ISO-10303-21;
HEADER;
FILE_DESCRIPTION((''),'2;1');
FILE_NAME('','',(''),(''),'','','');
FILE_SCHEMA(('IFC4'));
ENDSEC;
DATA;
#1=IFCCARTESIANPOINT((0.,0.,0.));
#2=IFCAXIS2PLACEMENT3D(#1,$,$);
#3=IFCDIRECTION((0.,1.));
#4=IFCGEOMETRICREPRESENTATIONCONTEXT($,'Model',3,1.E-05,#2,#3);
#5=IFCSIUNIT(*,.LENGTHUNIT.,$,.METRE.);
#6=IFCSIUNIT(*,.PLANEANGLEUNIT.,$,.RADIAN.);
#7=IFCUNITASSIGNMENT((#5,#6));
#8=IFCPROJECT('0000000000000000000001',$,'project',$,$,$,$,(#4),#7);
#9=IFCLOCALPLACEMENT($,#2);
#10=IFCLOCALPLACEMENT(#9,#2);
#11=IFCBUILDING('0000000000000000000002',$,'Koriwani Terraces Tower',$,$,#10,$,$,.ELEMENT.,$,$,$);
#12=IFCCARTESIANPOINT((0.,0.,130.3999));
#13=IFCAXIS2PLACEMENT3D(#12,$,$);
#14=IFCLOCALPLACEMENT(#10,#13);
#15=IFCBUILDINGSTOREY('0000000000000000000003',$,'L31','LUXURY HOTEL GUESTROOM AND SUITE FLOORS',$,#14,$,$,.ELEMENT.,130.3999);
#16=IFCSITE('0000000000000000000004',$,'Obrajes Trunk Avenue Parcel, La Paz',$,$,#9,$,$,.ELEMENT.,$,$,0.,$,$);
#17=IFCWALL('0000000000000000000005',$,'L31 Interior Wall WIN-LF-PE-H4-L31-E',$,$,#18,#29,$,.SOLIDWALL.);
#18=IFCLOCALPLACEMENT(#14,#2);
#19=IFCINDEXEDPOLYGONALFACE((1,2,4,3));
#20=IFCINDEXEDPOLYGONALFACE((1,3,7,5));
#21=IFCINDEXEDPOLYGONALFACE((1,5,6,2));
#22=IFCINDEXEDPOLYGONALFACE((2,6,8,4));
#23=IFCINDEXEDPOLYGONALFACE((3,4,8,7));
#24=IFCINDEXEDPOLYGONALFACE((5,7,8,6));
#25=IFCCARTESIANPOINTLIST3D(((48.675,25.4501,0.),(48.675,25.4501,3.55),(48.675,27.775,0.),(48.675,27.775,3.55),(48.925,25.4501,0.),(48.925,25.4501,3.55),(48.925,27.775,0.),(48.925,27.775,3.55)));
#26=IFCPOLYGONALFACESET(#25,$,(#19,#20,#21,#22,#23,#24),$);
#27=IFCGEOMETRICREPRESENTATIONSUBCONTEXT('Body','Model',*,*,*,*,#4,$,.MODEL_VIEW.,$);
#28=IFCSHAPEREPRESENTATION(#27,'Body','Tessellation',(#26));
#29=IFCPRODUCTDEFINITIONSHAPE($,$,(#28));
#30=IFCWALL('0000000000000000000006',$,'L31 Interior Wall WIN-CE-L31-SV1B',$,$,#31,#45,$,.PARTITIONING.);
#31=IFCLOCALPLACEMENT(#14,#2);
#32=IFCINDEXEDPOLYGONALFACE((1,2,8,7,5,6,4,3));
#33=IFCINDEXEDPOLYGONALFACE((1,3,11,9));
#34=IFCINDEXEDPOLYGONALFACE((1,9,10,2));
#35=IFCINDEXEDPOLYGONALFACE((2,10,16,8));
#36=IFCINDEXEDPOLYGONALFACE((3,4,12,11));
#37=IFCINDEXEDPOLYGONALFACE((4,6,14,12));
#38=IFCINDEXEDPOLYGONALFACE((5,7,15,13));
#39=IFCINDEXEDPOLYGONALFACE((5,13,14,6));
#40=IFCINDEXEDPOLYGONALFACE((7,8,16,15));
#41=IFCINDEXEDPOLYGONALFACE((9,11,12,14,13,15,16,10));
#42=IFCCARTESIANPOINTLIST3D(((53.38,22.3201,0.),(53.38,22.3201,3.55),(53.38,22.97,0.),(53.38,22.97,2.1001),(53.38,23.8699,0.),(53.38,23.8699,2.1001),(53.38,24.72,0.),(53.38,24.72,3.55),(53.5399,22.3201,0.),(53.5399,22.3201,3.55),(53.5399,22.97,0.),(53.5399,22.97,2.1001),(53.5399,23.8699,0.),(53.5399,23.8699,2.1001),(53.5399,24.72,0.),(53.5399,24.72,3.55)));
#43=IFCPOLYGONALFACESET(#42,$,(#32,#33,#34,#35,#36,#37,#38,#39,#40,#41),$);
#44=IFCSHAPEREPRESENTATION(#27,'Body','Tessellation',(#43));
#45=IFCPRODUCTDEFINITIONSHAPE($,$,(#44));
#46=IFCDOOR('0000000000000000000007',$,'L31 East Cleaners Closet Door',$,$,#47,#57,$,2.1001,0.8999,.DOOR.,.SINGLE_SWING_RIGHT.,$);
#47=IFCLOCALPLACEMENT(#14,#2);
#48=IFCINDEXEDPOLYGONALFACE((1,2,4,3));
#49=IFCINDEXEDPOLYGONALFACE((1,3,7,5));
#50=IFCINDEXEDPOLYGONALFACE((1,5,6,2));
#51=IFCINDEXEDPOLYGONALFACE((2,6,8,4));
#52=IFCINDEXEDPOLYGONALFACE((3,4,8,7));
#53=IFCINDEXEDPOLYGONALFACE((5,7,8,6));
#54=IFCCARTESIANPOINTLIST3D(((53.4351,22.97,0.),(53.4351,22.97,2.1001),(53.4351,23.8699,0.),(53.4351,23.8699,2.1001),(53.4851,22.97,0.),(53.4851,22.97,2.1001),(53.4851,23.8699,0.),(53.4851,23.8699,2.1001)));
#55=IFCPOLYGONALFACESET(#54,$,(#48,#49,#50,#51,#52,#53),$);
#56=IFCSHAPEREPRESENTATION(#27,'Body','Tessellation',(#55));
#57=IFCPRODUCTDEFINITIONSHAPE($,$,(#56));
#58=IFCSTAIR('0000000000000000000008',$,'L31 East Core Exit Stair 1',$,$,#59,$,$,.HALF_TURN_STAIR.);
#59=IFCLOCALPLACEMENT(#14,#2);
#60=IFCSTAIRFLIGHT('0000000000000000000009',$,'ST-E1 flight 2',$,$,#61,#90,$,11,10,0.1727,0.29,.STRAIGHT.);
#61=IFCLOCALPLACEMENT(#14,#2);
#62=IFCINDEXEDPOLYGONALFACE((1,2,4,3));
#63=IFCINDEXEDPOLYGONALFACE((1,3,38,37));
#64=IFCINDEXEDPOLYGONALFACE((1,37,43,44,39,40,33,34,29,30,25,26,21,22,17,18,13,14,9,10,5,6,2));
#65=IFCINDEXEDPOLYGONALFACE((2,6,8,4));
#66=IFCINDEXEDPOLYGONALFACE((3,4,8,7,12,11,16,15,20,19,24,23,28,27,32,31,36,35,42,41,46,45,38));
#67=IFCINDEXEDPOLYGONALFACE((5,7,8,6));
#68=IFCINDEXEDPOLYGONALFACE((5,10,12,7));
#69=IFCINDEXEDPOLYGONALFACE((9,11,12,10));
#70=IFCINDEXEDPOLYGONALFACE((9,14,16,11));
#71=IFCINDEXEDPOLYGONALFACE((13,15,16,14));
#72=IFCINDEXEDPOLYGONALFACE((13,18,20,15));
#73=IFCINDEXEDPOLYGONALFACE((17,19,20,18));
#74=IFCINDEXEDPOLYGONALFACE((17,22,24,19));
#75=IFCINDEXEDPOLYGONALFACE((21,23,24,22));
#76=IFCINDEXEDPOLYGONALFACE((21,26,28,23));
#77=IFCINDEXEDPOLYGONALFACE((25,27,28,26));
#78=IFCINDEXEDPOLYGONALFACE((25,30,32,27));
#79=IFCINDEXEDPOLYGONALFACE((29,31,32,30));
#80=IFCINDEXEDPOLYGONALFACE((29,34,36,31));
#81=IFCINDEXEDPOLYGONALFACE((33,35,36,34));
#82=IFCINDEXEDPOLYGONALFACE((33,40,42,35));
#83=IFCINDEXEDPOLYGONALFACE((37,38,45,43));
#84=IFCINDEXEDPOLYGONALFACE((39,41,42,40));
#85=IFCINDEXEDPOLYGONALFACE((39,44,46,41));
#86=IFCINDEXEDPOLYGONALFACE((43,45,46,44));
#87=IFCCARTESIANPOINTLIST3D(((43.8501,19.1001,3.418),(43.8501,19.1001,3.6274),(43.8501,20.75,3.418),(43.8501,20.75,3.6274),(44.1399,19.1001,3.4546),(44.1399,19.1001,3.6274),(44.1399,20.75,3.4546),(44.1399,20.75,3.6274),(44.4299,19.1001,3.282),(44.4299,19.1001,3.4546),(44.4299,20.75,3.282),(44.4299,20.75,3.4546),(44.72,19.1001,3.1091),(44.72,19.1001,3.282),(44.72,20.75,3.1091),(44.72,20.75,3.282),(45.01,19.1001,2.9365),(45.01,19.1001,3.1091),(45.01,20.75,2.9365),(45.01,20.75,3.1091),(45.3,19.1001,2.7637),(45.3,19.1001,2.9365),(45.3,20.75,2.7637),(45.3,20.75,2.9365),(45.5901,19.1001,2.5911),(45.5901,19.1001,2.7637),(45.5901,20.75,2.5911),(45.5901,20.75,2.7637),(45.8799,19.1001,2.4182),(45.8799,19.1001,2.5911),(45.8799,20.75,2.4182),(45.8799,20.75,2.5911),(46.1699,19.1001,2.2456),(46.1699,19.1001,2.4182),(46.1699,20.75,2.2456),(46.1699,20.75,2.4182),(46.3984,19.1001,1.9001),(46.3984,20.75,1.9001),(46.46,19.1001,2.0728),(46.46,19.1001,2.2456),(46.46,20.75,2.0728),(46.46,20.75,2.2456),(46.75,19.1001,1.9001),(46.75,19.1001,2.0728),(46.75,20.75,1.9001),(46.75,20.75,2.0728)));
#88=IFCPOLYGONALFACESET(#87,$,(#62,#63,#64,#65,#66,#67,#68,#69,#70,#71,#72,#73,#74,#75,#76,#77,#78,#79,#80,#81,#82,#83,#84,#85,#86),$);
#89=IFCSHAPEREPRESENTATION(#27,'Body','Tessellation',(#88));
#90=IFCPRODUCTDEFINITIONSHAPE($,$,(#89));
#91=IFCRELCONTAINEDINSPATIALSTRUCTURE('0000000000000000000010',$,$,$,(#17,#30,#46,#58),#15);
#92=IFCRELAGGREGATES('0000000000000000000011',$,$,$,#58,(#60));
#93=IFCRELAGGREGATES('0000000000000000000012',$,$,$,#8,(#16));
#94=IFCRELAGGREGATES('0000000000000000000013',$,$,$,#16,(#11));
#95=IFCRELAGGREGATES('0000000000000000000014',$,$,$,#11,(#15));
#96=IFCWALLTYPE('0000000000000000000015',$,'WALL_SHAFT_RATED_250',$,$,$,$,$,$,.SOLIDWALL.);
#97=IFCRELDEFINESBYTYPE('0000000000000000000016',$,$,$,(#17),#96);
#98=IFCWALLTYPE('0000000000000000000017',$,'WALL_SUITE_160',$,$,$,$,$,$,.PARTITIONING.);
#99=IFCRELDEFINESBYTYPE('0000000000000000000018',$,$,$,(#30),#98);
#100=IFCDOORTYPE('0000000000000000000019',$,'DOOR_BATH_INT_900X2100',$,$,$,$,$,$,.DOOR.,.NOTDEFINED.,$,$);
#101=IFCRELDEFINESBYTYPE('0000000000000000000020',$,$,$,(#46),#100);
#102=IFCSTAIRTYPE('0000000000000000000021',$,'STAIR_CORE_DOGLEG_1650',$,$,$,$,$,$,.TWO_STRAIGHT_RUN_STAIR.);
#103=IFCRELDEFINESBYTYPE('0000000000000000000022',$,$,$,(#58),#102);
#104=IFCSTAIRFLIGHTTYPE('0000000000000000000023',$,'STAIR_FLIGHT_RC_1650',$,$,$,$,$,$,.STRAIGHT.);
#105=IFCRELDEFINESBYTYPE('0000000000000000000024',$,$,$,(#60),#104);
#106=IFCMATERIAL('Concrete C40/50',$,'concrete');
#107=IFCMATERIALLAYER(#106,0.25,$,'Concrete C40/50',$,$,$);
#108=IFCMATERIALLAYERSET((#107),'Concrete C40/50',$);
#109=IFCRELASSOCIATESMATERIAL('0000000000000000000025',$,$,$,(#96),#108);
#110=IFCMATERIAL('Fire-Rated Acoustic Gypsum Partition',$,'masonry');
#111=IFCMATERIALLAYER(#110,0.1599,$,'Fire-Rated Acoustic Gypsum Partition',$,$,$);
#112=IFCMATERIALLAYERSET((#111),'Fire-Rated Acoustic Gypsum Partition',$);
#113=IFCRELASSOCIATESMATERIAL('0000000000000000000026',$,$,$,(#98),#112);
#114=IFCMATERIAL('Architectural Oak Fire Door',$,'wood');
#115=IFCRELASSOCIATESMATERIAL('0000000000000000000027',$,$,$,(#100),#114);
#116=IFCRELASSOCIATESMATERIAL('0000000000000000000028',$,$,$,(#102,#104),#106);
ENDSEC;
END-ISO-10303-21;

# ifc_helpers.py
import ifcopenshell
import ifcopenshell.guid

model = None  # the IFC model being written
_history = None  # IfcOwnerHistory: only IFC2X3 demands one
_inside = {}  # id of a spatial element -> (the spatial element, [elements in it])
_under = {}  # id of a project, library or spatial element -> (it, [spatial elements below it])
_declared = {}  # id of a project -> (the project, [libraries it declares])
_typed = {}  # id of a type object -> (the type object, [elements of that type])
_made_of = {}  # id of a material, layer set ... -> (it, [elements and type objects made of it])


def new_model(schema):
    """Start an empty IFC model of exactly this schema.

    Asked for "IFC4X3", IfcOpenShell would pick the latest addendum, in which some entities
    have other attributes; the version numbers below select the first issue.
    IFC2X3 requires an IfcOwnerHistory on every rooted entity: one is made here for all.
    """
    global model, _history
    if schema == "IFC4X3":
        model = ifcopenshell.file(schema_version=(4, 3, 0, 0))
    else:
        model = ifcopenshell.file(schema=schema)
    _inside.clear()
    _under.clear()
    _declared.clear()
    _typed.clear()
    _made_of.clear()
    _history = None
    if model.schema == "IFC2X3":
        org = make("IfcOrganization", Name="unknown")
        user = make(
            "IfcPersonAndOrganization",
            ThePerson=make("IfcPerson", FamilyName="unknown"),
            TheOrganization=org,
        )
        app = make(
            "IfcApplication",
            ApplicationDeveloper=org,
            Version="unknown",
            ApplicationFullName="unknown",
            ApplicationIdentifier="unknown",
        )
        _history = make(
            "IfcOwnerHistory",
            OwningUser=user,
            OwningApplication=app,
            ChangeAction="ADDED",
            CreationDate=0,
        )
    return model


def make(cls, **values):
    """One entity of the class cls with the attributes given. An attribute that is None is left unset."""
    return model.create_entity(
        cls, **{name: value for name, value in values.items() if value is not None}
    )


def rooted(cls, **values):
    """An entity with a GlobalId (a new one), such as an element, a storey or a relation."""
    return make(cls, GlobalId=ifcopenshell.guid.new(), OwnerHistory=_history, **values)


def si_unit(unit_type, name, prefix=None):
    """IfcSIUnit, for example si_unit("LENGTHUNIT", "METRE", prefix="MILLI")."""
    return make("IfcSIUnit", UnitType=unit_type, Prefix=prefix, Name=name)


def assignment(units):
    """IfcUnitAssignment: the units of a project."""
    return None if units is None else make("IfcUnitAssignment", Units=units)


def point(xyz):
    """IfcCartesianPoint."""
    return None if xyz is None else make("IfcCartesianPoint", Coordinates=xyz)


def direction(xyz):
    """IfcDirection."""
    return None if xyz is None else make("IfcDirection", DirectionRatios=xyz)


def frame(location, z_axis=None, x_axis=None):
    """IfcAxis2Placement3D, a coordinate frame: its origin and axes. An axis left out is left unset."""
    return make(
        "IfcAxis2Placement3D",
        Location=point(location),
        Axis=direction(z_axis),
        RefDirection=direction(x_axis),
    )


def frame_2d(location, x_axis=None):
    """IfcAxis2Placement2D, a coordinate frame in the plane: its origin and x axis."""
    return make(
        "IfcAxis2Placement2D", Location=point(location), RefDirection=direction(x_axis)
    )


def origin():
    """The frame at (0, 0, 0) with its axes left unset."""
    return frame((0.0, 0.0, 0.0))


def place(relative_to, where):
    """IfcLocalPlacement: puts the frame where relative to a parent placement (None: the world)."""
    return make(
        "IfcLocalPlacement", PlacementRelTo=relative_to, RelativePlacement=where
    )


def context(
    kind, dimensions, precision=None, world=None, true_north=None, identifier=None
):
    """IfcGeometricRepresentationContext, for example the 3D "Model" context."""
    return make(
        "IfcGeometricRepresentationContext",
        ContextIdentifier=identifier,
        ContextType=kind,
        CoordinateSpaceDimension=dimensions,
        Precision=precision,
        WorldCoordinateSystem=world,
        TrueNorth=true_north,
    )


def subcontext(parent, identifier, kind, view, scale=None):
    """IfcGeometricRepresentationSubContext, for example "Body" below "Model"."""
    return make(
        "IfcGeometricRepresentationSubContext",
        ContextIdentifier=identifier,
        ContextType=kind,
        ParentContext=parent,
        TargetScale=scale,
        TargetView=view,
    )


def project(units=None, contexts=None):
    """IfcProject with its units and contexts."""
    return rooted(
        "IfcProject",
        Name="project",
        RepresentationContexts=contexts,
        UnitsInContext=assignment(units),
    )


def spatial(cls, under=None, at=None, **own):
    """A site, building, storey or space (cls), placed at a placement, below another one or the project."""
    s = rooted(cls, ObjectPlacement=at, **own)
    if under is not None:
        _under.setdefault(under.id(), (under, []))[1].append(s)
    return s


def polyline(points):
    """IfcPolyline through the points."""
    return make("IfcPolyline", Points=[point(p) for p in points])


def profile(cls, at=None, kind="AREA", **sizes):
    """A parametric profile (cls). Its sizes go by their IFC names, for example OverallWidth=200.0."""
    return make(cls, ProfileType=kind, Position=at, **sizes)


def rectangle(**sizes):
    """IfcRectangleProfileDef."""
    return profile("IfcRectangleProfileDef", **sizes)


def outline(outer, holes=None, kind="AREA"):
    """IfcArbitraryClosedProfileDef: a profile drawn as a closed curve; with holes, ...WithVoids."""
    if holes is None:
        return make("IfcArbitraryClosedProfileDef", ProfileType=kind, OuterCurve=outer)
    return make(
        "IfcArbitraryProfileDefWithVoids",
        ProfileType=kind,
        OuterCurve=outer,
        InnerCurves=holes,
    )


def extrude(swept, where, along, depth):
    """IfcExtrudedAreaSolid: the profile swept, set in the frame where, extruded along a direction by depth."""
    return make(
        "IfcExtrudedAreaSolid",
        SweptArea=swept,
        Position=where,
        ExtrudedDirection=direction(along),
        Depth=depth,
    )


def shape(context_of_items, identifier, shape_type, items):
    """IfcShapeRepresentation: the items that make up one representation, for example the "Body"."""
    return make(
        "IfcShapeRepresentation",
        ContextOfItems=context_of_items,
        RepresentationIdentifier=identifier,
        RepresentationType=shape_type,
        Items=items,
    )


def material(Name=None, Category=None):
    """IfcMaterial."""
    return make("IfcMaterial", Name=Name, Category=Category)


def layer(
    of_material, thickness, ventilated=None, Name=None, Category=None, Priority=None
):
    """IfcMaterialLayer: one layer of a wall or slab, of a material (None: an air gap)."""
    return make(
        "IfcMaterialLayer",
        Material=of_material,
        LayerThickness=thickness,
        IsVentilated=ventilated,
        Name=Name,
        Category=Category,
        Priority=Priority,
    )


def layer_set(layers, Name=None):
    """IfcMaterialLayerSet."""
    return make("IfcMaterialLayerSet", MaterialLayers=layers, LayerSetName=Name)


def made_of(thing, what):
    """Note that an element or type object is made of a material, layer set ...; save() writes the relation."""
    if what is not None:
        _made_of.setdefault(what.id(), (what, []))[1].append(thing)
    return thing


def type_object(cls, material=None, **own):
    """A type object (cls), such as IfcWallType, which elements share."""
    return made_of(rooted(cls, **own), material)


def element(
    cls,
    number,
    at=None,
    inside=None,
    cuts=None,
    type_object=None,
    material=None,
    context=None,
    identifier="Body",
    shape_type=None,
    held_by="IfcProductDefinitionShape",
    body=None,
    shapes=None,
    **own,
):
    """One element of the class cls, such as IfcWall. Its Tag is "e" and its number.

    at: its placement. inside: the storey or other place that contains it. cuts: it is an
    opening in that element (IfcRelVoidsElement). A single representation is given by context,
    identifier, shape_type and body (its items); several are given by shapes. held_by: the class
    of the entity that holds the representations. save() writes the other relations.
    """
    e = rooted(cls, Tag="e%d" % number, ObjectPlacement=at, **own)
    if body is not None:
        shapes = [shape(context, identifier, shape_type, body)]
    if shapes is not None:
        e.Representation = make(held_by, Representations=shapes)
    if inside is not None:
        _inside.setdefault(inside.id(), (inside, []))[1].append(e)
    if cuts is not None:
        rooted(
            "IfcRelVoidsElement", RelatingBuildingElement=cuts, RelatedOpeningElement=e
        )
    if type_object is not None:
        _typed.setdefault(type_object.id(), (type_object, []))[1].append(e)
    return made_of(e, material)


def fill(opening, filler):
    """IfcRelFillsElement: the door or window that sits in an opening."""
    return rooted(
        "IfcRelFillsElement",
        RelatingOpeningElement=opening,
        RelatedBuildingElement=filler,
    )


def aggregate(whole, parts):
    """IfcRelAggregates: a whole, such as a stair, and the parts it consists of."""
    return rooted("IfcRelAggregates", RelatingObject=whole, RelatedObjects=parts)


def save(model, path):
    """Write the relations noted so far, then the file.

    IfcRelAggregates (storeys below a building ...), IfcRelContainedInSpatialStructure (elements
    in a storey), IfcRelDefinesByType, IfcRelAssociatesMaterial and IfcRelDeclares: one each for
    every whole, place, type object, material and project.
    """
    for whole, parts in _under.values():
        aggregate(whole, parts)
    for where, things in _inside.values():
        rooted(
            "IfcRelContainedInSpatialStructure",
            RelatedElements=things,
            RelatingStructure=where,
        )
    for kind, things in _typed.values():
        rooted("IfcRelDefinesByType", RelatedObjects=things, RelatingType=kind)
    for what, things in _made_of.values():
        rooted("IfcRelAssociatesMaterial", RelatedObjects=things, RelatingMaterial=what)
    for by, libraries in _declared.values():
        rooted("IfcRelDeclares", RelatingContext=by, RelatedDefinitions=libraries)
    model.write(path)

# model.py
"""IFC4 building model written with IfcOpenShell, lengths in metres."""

from ifc_helpers import new_model, si_unit, direction, frame, frame_2d, origin, place, context, subcontext, project, spatial, polyline, rectangle, outline, extrude, material, layer, layer_set, type_object, element, fill, aggregate, save


model = new_model("IFC4")

# Units and contexts
model_context = context("Model", 3, precision=1e-05, world=origin(), true_north=direction((0.0, 1.0)))
body_context = subcontext(model_context, "Body", "Model", "MODEL_VIEW")
ifc_project = project(units=[si_unit("LENGTHUNIT", "METRE"), si_unit("PLANEANGLEUNIT", "RADIAN")], contexts=[model_context])

# Site, building, storey
site_placement = place(None, origin())
site = spatial("IfcSite", under=ifc_project, at=site_placement, Name="Obrajes Trunk Avenue Parcel, La Paz", CompositionType="ELEMENT", RefElevation=0.0)
building_placement = place(site_placement, origin())
building = spatial("IfcBuilding", under=site, at=building_placement, Name="Koriwani Terraces Tower", CompositionType="ELEMENT")
storey_placement = place(building_placement, frame((0.0, 0.0, 130.3999)))
storey = spatial("IfcBuildingStorey", under=building, at=storey_placement, Name="L31", Description="LUXURY HOTEL GUESTROOM AND SUITE FLOORS", CompositionType="ELEMENT", Elevation=130.3999)

# Shared definitions
ifc_material_1 = material(Name="Concrete C40/50", Category="concrete")
ifc_layer_1 = layer(ifc_material_1, 0.25, Name="Concrete C40/50")
ifc_layer_set_1 = layer_set([ifc_layer_1], Name="Concrete C40/50")
wall_type_1 = type_object("IfcWallType", Name="WALL_SHAFT_RATED_250", PredefinedType="SOLIDWALL", material=ifc_layer_set_1)

# Wall
for number, where, z_axis, x_axis, name in (
    (1, (48.8, 25.45, 0.0), (0.0, 0.0, 1.0), (0.0, 1.0, 0.0), "L31 Interior Wall WIN-LF-PE-H4-L31-E"),
):
    element("IfcWall", number, at=place(storey_placement, frame(where, z_axis=z_axis, x_axis=x_axis)), inside=storey, type_object=wall_type_1, Name=name, PredefinedType="SOLIDWALL", context=body_context, shape_type="SweptSolid", body=[
        extrude(rectangle(XDim=2.325, YDim=0.25, at=frame_2d((1.1626, 0.0))), origin(), (0.0, 0.0, 1.0), 3.55),
    ])

# Wall, opening, door
ifc_material_2 = material(Name="Fire-Rated Acoustic Gypsum Partition", Category="masonry")
ifc_layer_2 = layer(ifc_material_2, 0.1599, Name="Fire-Rated Acoustic Gypsum Partition")
ifc_layer_set_2 = layer_set([ifc_layer_2], Name="Fire-Rated Acoustic Gypsum Partition")
wall_type_2 = type_object("IfcWallType", Name="WALL_SUITE_160", PredefinedType="PARTITIONING", material=ifc_layer_set_2)
wall_1_placement = place(storey_placement, frame((53.46, 22.3201, 0.0), z_axis=(0.0, 0.0, 1.0), x_axis=(0.0, 1.0, 0.0)))
wall_1 = element("IfcWall", 2, at=wall_1_placement, inside=storey, type_object=wall_type_2, Name="L31 Interior Wall WIN-CE-L31-SV1B", PredefinedType="PARTITIONING", context=body_context, shape_type="SweptSolid", body=[
    extrude(rectangle(XDim=2.3999, YDim=0.1599, at=frame_2d((1.2, 0.0))), origin(), (0.0, 0.0, 1.0), 3.55),
])
opening_1_placement = place(wall_1_placement, frame((0.6499, 0.0, 0.0)))
opening_1 = element("IfcOpeningElement", 3, at=opening_1_placement, cuts=wall_1, PredefinedType="OPENING", context=body_context, shape_type="SweptSolid", body=[
    extrude(rectangle(XDim=0.8999, YDim=2.1001, at=frame_2d((0.45, 1.05))), frame((0.0, 0.0898, 0.0), z_axis=(0.0, -1.0, 0.0), x_axis=(1.0, 0.0, 0.0)), (0.0, 0.0, 1.0), 0.1799),
])
ifc_material_3 = material(Name="Architectural Oak Fire Door", Category="wood")
door_type_1 = type_object("IfcDoorType", Name="DOOR_BATH_INT_900X2100", OperationType="NOTDEFINED", PredefinedType="DOOR", material=ifc_material_3)
door_1_placement = place(opening_1_placement, origin())
door_1 = element("IfcDoor", 4, at=door_1_placement, inside=storey, type_object=door_type_1, Name="L31 East Cleaners Closet Door", OperationType="SINGLE_SWING_RIGHT", OverallHeight=2.1001, OverallWidth=0.8999, PredefinedType="DOOR", context=body_context, shape_type="SweptSolid", body=[
    extrude(rectangle(XDim=0.8999, YDim=2.1001, at=frame_2d((0.45, 1.05))), frame((0.0, 0.0249, 0.0), z_axis=(0.0, -1.0, 0.0), x_axis=(1.0, 0.0, 0.0)), (0.0, 0.0, 1.0), 0.05),
])
fill(opening_1, door_1)

# Stair, stair flight
stair_type = type_object("IfcStairType", Name="STAIR_CORE_DOGLEG_1650", PredefinedType="TWO_STRAIGHT_RUN_STAIR", material=ifc_material_1)
stair_placement = place(storey_placement, origin())
stair = element("IfcStair", 5, at=stair_placement, inside=storey, type_object=stair_type, Name="L31 East Core Exit Stair 1", PredefinedType="HALF_TURN_STAIR")
stair_flight_type = type_object("IfcStairFlightType", Name="STAIR_FLIGHT_RC_1650", PredefinedType="STRAIGHT", material=ifc_material_1)
stair_flight_placement = place(storey_placement, frame((46.75, 19.925, 1.9001), z_axis=(0.0, 0.0, 1.0), x_axis=(-1.0, 0.0, 0.0)))
stair_flight = element("IfcStairFlight", 6, at=stair_flight_placement, type_object=stair_flight_type, Name="ST-E1 flight 2", NumberOfRisers=11, NumberOfTreads=10, PredefinedType="STRAIGHT", RiserHeight=0.1727, TreadLength=0.29, context=body_context, shape_type="SweptSolid", body=[
    extrude(outline(polyline([(0.0, 0.0), (0.0, 0.1726), (0.29, 0.1726), (0.29, 0.3455), (0.5801, 0.3455), (0.5801, 0.5181), (0.8701, 0.5181), (0.8701, 0.6909), (1.1599, 0.6909), (1.1599, 0.8635), (1.45, 0.8635), (1.45, 1.0364), (1.74, 1.0364), (1.74, 1.209), (2.03, 1.209), (2.03, 1.3818), (2.3201, 1.3818), (2.3201, 1.5544), (2.6101, 1.5544), (2.6101, 1.7273), (2.8999, 1.7273), (2.8999, 1.8999), (2.8999, 1.5178), (0.3516, 0.0), (0.0, 0.0)])), frame((0.0, 0.825, 0.0), z_axis=(0.0, -1.0, 0.0), x_axis=(1.0, 0.0, 0.0)), (0.0, 0.0, 1.0), 1.6499),
])
aggregate(stair, [stair_flight])

save(model, "model.ifc")
